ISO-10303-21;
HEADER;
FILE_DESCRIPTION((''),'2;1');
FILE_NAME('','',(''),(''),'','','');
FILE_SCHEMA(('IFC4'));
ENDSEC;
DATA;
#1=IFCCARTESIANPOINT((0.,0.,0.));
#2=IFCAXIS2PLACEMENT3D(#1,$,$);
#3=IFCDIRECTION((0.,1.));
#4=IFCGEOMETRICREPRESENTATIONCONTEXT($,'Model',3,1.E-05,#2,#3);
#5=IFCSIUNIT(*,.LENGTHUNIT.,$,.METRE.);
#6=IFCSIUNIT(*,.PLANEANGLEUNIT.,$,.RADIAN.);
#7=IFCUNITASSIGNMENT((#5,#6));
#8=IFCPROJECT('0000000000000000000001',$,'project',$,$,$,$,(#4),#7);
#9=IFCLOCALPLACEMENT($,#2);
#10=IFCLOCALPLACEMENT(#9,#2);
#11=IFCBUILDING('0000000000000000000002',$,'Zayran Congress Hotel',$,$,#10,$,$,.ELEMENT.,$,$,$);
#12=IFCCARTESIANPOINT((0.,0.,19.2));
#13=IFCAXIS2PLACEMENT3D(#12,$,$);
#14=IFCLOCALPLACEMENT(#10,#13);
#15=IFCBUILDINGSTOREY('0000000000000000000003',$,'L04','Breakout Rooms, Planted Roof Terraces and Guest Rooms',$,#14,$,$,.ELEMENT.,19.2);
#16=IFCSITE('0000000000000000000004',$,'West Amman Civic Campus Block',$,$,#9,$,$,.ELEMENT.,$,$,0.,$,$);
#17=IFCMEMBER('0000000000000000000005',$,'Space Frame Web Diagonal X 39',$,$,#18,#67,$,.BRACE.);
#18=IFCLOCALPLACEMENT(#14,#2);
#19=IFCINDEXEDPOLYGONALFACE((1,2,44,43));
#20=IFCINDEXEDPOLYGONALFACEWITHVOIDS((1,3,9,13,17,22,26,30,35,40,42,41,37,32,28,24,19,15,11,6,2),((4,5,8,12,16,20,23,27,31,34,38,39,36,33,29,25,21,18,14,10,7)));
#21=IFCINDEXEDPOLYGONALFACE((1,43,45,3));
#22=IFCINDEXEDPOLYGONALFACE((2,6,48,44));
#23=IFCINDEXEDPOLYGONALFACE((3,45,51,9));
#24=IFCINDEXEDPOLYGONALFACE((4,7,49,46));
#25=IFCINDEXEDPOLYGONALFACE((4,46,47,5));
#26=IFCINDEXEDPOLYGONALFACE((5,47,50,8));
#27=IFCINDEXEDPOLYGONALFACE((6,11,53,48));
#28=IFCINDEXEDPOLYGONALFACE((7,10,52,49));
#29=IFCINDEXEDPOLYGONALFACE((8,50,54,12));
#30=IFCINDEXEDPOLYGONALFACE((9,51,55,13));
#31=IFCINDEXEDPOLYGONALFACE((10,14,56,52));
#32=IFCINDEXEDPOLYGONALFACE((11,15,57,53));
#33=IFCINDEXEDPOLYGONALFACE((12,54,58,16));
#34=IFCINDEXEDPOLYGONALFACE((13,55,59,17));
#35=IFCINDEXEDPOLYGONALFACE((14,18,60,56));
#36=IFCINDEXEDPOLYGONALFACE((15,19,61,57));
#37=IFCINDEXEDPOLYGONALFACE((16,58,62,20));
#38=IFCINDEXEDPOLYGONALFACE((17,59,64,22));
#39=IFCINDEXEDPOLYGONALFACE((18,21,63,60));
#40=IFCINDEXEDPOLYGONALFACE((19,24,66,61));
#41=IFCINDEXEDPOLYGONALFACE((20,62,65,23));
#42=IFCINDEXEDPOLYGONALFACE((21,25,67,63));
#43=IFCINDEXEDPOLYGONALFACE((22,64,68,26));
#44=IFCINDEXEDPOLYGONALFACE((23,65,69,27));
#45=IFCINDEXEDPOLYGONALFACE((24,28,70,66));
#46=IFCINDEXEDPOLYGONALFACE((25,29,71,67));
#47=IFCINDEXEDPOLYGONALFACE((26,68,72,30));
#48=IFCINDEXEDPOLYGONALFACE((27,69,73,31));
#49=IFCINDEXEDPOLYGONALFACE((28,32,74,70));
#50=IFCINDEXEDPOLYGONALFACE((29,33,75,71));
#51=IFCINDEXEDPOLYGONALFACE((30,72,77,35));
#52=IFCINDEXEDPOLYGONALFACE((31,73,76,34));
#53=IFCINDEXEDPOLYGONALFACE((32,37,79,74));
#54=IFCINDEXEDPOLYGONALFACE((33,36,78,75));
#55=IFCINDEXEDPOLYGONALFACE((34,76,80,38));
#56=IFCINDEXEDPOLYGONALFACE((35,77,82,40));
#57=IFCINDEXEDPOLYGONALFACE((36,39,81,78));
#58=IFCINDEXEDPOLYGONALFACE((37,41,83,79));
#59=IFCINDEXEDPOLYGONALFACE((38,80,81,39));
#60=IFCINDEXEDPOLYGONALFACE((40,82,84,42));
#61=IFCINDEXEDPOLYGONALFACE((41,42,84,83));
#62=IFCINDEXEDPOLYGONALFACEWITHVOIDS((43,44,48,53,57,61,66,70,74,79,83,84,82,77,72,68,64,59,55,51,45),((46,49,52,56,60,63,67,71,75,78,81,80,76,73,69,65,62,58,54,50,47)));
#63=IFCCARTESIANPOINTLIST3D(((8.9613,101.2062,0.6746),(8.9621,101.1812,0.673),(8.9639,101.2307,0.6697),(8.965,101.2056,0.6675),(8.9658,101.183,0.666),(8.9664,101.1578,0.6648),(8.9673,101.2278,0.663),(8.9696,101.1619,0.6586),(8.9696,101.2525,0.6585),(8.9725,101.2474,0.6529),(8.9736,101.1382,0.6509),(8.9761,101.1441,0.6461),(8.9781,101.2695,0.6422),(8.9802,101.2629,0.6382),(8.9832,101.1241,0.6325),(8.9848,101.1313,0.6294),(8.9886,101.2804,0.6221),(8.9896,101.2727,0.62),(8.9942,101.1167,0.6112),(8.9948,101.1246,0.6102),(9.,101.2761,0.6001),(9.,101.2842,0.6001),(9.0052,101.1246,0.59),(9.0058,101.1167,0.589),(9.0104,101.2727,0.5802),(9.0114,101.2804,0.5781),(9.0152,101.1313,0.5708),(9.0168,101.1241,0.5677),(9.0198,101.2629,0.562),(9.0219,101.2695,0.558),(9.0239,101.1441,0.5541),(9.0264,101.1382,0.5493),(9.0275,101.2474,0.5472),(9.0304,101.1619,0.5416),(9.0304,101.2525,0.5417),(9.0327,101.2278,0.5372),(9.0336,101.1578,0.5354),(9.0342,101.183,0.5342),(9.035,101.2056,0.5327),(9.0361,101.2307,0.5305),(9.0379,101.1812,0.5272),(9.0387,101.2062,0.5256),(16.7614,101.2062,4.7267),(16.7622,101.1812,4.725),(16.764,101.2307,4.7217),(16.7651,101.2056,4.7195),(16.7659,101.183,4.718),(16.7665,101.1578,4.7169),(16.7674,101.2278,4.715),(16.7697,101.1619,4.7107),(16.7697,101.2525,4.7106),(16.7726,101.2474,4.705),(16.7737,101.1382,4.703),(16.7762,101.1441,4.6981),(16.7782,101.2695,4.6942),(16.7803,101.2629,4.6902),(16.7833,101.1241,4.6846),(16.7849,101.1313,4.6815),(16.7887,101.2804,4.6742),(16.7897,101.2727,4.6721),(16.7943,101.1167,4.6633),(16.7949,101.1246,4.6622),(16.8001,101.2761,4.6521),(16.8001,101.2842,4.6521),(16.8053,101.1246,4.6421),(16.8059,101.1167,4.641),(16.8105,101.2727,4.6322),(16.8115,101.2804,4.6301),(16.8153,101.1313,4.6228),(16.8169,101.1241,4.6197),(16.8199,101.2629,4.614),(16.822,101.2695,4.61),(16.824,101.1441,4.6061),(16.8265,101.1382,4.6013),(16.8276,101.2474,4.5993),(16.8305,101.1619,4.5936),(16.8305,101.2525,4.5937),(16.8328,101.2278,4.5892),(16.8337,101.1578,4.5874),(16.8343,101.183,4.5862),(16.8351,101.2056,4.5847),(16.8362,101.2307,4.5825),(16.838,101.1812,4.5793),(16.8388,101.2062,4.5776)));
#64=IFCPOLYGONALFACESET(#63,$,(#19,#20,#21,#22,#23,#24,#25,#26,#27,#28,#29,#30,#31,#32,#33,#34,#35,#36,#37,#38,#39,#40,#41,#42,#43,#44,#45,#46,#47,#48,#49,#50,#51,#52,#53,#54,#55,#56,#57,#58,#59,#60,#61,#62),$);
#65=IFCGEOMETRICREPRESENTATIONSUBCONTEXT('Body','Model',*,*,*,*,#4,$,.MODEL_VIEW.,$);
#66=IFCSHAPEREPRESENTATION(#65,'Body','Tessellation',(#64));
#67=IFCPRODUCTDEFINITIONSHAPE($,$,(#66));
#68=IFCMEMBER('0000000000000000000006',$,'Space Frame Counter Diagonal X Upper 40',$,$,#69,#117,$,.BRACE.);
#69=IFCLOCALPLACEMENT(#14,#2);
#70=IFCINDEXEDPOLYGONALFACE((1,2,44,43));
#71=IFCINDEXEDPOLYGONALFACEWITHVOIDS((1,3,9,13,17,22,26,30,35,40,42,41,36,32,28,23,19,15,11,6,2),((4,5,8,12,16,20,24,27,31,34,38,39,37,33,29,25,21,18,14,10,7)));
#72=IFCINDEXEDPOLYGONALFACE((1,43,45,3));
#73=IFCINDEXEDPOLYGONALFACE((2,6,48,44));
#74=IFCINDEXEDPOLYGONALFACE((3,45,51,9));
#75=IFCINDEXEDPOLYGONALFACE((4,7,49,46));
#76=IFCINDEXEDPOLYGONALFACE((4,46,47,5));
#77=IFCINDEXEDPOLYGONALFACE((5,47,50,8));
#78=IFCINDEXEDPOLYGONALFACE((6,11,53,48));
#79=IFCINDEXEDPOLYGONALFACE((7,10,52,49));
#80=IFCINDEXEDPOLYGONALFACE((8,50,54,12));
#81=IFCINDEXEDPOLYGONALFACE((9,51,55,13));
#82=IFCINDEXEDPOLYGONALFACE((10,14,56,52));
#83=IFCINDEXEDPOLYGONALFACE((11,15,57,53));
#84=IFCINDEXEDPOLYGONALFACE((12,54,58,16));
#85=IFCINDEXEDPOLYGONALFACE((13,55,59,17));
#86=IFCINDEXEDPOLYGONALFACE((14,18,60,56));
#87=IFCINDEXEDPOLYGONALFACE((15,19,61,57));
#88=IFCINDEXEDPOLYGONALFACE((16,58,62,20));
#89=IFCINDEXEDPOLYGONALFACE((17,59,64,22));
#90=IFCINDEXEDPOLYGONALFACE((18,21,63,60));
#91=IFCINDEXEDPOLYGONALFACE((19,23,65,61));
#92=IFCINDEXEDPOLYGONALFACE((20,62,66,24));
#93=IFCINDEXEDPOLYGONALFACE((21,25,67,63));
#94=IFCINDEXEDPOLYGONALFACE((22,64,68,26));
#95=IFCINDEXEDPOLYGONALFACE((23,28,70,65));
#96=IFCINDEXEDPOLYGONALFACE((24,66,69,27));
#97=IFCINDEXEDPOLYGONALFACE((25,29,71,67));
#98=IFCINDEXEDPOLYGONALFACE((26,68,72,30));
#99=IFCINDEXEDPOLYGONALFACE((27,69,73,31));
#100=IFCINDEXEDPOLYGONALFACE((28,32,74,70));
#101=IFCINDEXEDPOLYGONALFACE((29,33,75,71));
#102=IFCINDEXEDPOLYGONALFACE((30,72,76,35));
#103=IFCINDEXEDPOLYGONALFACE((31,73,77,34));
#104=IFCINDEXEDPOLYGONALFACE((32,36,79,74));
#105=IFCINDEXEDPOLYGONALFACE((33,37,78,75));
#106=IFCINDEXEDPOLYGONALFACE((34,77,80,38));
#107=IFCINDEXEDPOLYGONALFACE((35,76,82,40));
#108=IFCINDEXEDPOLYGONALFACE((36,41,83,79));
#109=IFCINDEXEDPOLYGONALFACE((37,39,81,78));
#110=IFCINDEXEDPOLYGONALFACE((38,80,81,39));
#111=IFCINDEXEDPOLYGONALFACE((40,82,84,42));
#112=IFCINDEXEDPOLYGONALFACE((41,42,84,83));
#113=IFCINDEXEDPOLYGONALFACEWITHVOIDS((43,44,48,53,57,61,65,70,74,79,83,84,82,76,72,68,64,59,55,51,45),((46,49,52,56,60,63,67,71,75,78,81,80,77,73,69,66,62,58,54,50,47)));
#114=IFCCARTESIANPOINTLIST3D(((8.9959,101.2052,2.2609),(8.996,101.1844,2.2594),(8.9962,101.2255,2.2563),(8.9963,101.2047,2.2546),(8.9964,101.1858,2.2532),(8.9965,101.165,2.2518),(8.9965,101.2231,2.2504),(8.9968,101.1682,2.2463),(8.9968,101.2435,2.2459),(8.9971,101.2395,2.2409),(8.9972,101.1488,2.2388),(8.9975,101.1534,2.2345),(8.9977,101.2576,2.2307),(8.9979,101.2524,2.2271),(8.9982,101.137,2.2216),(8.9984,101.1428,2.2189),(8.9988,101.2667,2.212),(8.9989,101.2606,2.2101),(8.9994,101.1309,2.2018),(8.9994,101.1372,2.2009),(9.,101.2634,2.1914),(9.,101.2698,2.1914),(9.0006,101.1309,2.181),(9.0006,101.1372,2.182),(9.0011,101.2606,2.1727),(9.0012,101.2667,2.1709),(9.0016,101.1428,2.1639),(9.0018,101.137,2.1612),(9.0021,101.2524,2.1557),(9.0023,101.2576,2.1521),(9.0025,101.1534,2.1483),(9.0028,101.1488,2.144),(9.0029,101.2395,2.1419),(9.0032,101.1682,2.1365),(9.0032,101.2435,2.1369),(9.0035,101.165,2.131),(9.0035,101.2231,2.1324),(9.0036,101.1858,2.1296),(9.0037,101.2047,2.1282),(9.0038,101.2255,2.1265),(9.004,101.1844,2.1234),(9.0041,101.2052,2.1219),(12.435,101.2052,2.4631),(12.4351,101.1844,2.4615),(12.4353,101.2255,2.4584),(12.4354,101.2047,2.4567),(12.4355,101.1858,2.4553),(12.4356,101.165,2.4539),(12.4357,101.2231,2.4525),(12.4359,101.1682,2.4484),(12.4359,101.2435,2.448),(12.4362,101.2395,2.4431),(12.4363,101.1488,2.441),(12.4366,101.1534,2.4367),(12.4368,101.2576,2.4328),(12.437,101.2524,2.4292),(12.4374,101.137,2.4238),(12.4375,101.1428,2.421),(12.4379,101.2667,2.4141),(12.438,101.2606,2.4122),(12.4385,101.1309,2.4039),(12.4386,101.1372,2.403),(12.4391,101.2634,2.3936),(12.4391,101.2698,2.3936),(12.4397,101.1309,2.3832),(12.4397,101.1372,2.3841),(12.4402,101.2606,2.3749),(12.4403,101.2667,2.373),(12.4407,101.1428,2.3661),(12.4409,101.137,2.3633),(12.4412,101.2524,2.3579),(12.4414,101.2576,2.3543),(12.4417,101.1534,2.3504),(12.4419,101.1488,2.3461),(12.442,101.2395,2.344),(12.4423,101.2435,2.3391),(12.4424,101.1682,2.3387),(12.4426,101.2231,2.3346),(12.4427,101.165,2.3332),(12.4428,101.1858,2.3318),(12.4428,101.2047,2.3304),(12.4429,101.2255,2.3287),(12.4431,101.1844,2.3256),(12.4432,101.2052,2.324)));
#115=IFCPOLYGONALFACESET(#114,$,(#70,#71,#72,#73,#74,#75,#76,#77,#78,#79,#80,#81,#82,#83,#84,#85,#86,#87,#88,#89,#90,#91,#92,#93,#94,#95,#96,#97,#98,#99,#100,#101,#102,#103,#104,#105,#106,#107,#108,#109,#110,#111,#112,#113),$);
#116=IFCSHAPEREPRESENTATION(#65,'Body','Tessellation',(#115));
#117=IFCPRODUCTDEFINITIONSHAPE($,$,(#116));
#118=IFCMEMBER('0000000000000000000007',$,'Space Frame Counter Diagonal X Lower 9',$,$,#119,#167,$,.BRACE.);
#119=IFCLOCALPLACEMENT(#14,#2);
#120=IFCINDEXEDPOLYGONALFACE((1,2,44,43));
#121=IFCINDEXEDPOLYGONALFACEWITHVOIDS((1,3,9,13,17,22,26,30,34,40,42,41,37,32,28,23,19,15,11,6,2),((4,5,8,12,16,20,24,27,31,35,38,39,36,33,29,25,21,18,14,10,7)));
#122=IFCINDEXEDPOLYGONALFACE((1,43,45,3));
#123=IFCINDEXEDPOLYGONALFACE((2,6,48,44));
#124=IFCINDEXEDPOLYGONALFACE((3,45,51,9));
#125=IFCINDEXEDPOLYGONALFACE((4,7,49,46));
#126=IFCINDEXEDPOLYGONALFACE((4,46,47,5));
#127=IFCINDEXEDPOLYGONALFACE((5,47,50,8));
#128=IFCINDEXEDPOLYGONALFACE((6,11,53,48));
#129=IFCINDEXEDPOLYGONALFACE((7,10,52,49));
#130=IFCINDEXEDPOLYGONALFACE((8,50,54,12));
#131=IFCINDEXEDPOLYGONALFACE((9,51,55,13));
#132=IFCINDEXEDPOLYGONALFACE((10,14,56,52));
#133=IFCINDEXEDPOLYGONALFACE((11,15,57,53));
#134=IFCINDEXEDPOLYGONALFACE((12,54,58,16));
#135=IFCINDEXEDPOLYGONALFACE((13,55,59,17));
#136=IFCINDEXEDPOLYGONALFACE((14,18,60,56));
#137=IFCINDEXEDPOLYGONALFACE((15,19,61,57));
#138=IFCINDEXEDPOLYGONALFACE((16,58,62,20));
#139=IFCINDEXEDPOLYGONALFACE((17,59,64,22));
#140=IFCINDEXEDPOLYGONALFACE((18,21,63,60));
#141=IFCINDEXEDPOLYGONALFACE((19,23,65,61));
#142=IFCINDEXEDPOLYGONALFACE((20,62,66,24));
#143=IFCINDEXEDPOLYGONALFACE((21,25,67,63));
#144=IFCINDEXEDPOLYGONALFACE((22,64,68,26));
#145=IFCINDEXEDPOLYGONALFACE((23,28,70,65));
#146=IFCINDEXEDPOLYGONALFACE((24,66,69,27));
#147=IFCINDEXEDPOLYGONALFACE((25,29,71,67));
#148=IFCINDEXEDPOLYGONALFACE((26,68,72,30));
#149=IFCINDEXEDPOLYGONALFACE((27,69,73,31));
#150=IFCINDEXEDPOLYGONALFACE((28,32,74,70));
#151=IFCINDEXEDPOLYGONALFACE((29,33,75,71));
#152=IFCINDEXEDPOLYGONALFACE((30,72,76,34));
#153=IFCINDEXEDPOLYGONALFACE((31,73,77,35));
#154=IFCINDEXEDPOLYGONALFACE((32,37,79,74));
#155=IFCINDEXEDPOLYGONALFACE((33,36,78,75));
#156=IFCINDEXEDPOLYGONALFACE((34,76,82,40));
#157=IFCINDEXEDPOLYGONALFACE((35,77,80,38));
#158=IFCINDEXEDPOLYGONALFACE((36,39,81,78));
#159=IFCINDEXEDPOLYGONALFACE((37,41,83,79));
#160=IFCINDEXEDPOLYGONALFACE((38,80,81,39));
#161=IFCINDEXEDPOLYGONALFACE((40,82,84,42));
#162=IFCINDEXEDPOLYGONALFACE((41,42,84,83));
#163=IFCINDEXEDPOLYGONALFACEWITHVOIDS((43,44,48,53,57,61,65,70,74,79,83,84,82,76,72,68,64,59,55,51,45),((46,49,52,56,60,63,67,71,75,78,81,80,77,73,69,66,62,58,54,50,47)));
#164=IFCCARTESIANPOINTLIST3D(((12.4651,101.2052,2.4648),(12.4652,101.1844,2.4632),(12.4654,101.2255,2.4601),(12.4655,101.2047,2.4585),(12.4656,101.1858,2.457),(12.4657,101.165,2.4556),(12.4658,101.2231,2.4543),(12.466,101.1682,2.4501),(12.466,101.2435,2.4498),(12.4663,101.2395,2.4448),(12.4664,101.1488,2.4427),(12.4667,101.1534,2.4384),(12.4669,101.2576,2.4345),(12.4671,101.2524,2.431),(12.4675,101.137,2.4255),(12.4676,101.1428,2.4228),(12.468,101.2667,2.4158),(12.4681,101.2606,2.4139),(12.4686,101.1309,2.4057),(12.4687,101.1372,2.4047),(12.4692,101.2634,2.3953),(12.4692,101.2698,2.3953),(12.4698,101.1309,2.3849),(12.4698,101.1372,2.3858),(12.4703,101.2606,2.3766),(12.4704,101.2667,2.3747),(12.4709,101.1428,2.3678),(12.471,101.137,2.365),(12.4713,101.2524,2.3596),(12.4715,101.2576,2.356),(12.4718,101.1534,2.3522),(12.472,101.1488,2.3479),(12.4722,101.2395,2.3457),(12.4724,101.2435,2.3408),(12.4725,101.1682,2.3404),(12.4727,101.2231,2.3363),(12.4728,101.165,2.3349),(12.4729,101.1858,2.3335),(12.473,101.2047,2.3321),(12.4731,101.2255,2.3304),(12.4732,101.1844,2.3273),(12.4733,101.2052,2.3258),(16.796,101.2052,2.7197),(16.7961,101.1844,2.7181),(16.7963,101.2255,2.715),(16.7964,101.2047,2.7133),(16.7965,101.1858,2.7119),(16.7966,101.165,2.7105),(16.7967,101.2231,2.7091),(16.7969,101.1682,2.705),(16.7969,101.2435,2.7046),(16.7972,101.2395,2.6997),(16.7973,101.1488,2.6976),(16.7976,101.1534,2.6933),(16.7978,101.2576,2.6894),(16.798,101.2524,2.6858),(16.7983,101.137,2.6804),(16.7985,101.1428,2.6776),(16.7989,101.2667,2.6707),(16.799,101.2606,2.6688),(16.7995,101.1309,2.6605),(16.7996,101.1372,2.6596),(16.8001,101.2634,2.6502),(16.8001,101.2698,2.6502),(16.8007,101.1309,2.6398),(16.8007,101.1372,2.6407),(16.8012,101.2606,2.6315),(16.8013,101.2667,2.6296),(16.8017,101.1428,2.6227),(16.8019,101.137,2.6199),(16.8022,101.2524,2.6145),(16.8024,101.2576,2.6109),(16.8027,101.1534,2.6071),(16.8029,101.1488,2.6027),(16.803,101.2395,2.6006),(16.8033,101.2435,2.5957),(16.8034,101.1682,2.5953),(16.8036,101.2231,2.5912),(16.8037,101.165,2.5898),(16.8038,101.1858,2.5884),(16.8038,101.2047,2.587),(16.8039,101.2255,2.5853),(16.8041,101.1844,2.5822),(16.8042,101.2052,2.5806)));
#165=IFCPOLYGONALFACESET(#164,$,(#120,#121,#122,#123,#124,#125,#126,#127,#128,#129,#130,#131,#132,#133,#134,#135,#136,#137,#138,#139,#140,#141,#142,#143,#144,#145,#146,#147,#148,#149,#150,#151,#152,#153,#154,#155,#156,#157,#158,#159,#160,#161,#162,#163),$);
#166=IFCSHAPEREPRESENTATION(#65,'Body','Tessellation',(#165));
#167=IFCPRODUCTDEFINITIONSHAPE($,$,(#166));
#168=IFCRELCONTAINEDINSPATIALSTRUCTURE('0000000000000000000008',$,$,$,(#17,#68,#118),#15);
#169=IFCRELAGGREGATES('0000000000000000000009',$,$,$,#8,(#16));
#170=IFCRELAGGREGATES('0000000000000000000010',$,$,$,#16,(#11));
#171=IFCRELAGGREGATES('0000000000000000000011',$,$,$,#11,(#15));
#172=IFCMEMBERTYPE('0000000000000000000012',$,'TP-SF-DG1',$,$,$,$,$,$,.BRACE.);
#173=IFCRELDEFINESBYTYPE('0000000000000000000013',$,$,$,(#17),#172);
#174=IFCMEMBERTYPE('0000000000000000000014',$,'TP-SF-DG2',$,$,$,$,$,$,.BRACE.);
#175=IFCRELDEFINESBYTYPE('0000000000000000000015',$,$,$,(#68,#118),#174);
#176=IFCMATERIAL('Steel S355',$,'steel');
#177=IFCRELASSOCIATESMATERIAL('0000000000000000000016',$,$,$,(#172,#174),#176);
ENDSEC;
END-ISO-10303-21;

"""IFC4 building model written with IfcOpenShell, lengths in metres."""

from ifc_helpers import new_model, si_unit, direction, frame, origin, origin_2d, place, context, subcontext, project, spatial, hollow_circle, extrude, material, material_profile, profile_set, type_object, element, save


model = new_model("IFC4")

# Units and contexts
model_context = context("Model", 3, precision=1e-05, world=origin(), true_north=direction((0.0, 1.0)))
body_context = subcontext(model_context, "Body", "Model", "MODEL_VIEW")
ifc_project = project(units=[si_unit("LENGTHUNIT", "METRE"), si_unit("PLANEANGLEUNIT", "RADIAN")], contexts=[model_context])

# Site, building, storey
site_placement = place(None, origin())
site = spatial("IfcSite", under=ifc_project, at=site_placement, Name="West Amman Civic Campus Block", CompositionType="ELEMENT", RefElevation=0.0)
building_placement = place(site_placement, origin())
building = spatial("IfcBuilding", under=site, at=building_placement, Name="Zayran Congress Hotel", CompositionType="ELEMENT")
storey_placement = place(building_placement, frame((0.0, 0.0, 19.2)))
storey = spatial("IfcBuildingStorey", under=building, at=storey_placement, Name="L04", Description="Breakout Rooms, Planted Roof Terraces and Guest Rooms", CompositionType="ELEMENT", Elevation=19.2)

# Members
ifc_material_1 = material(Name="Steel S355", Category="steel")
ifc_material_profile_1 = material_profile(ifc_material_1, hollow_circle(Radius=0.0842, WallThickness=0.0081, at=origin_2d()), Name="CHS 168.3x8")
ifc_profile_set_1 = profile_set([ifc_material_profile_1], Name="Steel S355")
member_type_1 = type_object("IfcMemberType", Name="TP-SF-DG1", PredefinedType="BRACE", material=ifc_profile_set_1)
member_1_placement = place(storey_placement, frame((9.0, 101.2, 0.6001), z_axis=(0.887404, 0.0, 0.460992), x_axis=(0.0, 1.0, 0.0)))
element("IfcMember", 1, at=member_1_placement, inside=storey, type_object=member_type_1, Name="Space Frame Web Diagonal X 39", PredefinedType="BRACE", context=body_context, shape_type="SweptSolid", body=[
    extrude(hollow_circle(Radius=0.0842, WallThickness=0.0081, at=origin_2d()), origin(), (0.0, 0.0, 1.0), 8.7898),
])
ifc_material_profile_2 = material_profile(ifc_material_1, hollow_circle(Radius=0.0698, WallThickness=0.0063, at=origin_2d()), Name="CHS 139.7x6.3")
ifc_profile_set_2 = profile_set([ifc_material_profile_2], Name="Steel S355")
member_type_2 = type_object("IfcMemberType", Name="TP-SF-DG2", PredefinedType="BRACE", material=ifc_profile_set_2)
member_2_placement = place(storey_placement, frame((9.0, 101.2, 2.1914), z_axis=(0.998277, 0.0, 0.058676), x_axis=(0.0, 1.0, 0.0)))
element("IfcMember", 2, at=member_2_placement, inside=storey, type_object=member_type_2, Name="Space Frame Counter Diagonal X Upper 40", PredefinedType="BRACE", context=body_context, shape_type="SweptSolid", body=[
    extrude(hollow_circle(Radius=0.0698, WallThickness=0.0063, at=origin_2d()), origin(), (0.0, 0.0, 1.0), 3.4451),
])
member_3_placement = place(storey_placement, frame((12.4692, 101.2, 2.3953), z_axis=(0.998273, 0.0, 0.058752), x_axis=(0.0, 1.0, 0.0)))
element("IfcMember", 3, at=member_3_placement, inside=storey, type_object=member_type_2, Name="Space Frame Counter Diagonal X Lower 9", PredefinedType="BRACE", context=body_context, shape_type="SweptSolid", body=[
    extrude(hollow_circle(Radius=0.0698, WallThickness=0.0063, at=origin_2d()), origin(), (0.0, 0.0, 1.0), 4.3384),
])

save(model, "model.ifc")
